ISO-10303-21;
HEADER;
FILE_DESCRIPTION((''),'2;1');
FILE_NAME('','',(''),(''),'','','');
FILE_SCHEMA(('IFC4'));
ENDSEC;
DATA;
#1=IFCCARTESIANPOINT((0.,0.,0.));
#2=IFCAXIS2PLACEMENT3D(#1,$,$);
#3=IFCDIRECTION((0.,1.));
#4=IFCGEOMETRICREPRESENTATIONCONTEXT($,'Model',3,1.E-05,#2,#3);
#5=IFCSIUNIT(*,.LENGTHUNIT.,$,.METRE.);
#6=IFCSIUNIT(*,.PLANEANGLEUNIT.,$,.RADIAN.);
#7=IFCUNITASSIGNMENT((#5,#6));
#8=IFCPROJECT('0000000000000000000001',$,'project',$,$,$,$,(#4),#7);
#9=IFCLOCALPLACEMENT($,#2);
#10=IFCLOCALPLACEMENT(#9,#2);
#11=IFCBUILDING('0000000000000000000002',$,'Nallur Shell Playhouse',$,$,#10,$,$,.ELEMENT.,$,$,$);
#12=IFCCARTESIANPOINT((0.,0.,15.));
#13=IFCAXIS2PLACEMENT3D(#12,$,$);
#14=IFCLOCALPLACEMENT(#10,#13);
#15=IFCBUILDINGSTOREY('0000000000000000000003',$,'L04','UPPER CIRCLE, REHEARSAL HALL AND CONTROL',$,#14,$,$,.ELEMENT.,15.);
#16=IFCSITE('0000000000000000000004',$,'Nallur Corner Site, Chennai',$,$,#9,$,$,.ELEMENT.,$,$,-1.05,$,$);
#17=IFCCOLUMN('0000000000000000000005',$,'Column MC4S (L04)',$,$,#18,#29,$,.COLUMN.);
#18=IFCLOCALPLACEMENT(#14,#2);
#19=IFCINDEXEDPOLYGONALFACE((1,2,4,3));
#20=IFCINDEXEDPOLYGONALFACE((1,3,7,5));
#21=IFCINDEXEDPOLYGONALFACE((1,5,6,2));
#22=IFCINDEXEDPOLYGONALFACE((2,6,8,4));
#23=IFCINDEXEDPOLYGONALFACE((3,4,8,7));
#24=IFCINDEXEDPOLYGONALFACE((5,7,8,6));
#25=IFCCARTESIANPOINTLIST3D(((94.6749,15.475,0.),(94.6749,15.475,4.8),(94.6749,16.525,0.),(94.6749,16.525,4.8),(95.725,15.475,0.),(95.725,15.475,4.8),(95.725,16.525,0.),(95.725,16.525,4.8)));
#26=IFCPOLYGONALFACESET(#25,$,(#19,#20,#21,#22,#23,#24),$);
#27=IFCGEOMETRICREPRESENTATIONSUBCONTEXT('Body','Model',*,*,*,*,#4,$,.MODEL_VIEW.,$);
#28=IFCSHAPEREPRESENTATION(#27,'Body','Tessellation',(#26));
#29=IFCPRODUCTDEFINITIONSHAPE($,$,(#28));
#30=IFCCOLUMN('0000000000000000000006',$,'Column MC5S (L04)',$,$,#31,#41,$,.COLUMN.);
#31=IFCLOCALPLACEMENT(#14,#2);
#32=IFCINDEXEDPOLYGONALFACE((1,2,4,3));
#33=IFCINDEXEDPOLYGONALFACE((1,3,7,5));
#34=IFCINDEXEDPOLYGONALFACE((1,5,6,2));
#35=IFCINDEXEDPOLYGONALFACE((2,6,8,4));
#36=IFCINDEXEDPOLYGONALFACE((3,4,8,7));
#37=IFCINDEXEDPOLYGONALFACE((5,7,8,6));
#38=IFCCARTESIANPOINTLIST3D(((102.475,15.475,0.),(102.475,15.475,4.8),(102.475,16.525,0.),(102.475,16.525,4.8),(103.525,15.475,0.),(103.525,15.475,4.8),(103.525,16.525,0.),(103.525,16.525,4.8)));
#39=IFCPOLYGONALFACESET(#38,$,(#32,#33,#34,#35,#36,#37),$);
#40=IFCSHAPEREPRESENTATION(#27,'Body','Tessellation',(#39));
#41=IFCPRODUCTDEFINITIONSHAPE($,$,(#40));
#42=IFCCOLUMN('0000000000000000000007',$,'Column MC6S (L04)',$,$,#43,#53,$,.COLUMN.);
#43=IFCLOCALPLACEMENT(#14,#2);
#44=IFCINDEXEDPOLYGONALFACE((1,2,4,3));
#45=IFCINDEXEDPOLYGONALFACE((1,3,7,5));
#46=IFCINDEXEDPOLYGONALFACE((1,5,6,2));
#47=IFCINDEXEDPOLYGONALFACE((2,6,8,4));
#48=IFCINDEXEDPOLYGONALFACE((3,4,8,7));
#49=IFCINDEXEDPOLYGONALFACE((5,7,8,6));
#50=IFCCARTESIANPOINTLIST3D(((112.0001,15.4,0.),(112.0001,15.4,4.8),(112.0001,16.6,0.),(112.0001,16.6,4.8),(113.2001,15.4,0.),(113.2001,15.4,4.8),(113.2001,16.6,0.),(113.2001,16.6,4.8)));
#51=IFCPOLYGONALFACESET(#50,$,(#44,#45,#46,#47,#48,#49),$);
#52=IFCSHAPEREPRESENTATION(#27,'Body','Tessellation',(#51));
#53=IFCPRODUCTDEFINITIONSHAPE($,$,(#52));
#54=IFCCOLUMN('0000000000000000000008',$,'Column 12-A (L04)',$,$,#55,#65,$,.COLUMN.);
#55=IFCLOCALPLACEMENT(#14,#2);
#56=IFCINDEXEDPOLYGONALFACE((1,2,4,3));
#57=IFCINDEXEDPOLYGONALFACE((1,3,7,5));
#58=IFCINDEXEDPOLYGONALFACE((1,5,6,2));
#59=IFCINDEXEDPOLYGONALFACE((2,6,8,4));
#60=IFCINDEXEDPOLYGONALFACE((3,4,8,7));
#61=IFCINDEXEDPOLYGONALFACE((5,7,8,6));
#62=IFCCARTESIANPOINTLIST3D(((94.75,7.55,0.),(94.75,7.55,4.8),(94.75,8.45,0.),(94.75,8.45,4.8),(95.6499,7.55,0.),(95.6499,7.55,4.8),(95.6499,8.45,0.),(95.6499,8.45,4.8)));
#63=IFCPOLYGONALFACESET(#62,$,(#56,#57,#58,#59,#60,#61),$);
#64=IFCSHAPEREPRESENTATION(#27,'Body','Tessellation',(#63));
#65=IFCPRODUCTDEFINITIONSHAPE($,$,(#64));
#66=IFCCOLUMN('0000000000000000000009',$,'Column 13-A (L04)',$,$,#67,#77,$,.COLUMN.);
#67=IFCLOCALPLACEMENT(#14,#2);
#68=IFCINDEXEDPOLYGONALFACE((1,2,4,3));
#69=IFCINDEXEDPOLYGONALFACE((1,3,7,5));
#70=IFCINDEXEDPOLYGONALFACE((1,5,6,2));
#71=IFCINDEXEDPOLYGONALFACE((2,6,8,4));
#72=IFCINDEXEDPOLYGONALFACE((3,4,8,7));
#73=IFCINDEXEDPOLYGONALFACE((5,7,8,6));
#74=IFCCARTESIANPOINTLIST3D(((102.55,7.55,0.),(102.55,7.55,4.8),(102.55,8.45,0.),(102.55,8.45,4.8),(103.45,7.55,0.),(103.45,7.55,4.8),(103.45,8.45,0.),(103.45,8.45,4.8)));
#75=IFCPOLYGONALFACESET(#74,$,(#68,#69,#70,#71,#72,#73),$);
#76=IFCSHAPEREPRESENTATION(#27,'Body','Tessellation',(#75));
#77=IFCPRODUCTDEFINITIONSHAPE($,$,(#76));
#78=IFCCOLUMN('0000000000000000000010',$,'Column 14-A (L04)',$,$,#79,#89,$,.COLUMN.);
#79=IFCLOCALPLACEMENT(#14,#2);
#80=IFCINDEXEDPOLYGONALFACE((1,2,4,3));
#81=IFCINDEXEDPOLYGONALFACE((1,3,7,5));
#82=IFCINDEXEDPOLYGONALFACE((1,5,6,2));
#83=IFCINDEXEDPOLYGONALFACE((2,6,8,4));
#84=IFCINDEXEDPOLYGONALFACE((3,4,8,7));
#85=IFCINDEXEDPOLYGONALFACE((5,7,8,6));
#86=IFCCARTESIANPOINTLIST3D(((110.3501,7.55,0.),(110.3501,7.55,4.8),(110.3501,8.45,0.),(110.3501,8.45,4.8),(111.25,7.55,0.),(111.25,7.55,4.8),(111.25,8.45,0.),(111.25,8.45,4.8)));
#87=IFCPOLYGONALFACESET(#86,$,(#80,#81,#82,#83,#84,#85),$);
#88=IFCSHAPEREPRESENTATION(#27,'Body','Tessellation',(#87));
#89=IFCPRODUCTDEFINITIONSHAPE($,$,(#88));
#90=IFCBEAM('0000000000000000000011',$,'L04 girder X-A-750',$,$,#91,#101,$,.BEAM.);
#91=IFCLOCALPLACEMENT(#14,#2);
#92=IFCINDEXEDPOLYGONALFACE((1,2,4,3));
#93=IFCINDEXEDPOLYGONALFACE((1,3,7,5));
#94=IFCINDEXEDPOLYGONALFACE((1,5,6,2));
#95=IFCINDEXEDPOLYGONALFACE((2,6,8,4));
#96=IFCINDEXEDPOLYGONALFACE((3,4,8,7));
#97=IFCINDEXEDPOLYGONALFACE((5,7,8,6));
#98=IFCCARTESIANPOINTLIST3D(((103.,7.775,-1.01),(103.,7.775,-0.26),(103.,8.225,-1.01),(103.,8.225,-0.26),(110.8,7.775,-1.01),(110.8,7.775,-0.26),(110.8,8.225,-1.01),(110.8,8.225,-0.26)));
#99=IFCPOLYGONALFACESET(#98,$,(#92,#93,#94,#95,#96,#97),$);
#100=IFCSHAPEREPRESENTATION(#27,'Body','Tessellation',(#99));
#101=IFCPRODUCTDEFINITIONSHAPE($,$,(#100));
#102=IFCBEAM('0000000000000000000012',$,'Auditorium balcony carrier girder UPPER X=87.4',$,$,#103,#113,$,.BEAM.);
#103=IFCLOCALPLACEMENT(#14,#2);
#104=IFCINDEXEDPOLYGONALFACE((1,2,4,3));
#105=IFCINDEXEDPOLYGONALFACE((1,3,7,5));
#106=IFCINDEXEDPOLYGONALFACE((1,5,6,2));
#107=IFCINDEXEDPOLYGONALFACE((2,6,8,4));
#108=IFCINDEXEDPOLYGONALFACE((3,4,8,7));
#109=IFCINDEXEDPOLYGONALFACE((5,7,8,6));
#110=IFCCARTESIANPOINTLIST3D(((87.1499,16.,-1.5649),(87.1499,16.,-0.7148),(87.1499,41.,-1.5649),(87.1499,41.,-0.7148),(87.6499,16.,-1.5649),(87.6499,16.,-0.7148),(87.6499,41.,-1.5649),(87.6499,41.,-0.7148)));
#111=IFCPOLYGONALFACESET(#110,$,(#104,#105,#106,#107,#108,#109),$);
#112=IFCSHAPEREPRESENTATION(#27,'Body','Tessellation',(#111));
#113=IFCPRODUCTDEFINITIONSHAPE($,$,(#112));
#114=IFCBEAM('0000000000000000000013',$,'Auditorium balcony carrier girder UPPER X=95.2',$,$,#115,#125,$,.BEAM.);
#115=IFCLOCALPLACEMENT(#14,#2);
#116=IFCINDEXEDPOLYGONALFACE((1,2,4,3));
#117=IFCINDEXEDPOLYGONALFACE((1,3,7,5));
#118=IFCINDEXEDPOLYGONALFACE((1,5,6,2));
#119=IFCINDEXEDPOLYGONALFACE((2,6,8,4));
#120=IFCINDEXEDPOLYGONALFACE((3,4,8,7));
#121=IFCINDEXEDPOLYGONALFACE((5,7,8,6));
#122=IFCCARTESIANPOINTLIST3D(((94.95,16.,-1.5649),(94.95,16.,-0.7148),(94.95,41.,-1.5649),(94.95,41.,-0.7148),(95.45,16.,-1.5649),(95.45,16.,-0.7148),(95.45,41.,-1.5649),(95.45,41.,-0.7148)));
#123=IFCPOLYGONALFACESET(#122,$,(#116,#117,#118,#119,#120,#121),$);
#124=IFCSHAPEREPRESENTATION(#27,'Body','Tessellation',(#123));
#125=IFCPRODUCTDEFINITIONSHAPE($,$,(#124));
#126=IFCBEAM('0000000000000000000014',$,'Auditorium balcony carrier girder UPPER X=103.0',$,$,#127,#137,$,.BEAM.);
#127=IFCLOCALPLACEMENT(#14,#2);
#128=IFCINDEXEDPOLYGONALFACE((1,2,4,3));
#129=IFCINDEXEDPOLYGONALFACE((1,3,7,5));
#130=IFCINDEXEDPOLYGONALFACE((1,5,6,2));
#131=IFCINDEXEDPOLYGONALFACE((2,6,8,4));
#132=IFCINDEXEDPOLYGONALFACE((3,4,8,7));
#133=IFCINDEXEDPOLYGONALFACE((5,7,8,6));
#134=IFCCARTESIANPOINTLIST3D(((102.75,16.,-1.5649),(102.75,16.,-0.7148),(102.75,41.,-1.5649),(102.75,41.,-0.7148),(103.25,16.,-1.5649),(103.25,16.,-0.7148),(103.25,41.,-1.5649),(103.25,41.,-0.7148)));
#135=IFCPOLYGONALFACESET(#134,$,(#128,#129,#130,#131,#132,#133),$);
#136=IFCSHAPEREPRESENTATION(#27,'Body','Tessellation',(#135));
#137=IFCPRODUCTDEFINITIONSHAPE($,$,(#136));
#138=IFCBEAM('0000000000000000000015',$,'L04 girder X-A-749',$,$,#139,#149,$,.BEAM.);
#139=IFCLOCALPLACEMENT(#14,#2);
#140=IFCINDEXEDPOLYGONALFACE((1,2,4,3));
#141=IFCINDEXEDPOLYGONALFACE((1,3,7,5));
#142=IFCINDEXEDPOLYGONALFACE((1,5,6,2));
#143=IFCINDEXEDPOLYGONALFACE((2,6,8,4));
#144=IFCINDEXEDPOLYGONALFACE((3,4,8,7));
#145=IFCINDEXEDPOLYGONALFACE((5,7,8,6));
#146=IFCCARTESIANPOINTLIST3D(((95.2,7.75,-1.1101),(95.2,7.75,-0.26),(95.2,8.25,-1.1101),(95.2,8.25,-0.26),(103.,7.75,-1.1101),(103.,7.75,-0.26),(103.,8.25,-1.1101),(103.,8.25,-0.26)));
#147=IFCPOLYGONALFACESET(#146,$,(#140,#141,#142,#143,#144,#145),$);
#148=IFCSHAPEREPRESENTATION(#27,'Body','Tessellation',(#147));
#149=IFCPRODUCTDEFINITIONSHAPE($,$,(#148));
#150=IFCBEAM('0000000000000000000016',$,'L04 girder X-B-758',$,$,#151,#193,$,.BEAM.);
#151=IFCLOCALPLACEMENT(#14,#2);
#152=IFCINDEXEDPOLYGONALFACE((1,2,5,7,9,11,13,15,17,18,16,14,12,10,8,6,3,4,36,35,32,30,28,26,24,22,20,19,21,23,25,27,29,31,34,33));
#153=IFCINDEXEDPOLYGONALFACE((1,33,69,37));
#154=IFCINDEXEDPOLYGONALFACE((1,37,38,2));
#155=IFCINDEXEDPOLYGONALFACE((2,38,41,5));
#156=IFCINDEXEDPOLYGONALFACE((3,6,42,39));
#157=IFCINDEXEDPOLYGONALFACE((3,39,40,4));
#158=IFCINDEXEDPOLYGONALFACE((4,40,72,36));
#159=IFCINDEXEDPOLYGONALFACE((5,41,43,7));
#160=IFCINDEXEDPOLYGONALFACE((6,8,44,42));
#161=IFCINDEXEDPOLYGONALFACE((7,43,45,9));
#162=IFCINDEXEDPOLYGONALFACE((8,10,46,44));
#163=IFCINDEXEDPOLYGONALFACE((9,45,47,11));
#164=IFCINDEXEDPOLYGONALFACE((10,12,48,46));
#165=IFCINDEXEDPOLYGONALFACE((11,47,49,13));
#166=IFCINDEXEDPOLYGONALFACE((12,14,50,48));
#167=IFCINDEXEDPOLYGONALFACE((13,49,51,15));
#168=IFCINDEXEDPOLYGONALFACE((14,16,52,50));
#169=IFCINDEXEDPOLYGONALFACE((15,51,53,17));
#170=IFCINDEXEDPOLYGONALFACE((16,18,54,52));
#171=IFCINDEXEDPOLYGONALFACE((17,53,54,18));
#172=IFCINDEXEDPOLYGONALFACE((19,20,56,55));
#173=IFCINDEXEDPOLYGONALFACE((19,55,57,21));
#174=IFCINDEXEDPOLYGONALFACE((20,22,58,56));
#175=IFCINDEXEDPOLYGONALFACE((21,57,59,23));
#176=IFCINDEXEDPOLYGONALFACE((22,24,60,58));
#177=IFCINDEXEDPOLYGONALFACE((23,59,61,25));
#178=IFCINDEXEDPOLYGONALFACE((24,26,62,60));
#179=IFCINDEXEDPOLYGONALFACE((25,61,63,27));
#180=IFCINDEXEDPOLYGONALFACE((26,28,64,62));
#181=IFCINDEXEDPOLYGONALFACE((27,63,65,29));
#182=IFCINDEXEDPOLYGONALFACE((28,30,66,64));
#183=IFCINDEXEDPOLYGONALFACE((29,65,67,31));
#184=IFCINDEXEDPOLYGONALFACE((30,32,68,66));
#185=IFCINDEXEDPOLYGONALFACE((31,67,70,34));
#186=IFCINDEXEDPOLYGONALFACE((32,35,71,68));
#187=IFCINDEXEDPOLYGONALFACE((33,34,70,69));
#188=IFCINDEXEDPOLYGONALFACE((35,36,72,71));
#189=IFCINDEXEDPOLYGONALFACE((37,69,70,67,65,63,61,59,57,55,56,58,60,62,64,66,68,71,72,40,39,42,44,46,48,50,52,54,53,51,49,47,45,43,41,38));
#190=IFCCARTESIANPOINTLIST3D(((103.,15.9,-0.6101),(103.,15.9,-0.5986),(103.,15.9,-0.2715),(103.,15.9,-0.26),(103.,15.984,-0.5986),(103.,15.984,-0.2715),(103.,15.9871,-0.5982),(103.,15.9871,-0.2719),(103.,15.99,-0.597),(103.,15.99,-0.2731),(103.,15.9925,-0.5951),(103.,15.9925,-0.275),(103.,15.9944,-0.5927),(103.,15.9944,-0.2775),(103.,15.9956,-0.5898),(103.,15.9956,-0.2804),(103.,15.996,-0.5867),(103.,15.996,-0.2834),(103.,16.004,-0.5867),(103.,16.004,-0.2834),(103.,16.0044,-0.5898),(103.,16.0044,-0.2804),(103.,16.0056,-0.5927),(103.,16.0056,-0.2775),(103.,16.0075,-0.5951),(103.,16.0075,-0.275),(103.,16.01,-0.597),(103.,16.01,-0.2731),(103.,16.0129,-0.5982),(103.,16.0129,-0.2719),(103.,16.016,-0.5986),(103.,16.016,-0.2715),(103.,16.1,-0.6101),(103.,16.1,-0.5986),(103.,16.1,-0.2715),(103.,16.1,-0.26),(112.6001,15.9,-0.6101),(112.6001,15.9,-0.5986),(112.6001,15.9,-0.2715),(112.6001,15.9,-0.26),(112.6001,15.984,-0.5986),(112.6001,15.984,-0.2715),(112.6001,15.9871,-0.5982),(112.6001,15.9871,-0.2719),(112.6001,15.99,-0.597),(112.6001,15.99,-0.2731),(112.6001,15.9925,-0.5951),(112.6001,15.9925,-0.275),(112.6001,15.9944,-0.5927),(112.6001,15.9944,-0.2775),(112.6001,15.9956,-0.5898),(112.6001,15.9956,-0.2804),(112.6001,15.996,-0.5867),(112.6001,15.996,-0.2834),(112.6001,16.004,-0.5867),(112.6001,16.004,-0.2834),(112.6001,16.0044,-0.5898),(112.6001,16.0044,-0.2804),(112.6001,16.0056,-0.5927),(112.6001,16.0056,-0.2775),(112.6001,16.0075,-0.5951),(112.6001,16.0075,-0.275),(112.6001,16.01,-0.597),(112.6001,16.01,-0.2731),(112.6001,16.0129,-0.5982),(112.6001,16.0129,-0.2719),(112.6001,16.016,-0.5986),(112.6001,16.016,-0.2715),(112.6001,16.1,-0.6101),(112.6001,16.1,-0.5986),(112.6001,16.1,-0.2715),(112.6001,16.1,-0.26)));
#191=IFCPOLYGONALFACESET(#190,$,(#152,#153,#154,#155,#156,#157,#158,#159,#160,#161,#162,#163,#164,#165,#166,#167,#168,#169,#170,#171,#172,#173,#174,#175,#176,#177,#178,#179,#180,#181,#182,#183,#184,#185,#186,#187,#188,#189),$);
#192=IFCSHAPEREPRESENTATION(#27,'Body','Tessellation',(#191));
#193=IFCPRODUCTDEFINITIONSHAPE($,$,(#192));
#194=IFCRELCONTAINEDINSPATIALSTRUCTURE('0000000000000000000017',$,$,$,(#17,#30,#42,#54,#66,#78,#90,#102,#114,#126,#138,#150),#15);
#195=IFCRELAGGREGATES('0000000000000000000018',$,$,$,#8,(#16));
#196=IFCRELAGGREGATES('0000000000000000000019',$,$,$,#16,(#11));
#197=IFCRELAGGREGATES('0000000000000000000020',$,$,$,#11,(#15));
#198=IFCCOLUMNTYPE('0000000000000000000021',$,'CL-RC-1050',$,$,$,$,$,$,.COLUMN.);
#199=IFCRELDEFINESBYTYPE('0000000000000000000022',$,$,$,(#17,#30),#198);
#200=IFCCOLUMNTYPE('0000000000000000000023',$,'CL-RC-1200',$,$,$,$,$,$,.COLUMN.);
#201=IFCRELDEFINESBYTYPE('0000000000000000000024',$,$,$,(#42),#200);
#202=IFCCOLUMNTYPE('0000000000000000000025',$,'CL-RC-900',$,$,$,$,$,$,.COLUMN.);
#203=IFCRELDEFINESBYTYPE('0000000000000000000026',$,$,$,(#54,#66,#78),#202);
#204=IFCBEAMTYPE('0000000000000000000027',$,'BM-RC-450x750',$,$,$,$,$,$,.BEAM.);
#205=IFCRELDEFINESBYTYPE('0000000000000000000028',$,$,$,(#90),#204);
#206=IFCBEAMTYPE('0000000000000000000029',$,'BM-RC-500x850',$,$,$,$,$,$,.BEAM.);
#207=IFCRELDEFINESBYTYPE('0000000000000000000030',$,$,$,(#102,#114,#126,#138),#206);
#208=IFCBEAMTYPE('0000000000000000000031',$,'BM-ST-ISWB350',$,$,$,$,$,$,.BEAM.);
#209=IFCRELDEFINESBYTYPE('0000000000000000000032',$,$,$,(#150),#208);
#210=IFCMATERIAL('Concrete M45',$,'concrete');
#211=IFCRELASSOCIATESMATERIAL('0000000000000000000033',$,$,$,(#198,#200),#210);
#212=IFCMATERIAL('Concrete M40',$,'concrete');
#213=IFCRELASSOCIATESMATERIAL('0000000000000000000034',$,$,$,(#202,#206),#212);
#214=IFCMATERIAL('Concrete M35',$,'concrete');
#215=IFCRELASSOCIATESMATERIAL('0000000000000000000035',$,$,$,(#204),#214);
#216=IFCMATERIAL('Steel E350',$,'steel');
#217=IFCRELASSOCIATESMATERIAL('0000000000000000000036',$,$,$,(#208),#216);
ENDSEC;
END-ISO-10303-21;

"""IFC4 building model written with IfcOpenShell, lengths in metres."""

from ifc_helpers import new_model, si_unit, direction, frame, origin, origin_2d, place, context, subcontext, project, spatial, rectangle, i_section, extrude, material, material_profile, profile_set, type_object, element, save


model = new_model("IFC4")

# Units and contexts
model_context = context("Model", 3, precision=1e-05, world=origin(), true_north=direction((0.0, 1.0)))
body_context = subcontext(model_context, "Body", "Model", "MODEL_VIEW")
ifc_project = project(units=[si_unit("LENGTHUNIT", "METRE"), si_unit("PLANEANGLEUNIT", "RADIAN")], contexts=[model_context])

# Site, building, storey
site_placement = place(None, origin())
site = spatial("IfcSite", under=ifc_project, at=site_placement, Name="Nallur Corner Site, Chennai", CompositionType="ELEMENT", RefElevation=-1.05)
building_placement = place(site_placement, origin())
building = spatial("IfcBuilding", under=site, at=building_placement, Name="Nallur Shell Playhouse", CompositionType="ELEMENT")
storey_placement = place(building_placement, frame((0.0, 0.0, 15.0)))
storey = spatial("IfcBuildingStorey", under=building, at=storey_placement, Name="L04", Description="UPPER CIRCLE, REHEARSAL HALL AND CONTROL", CompositionType="ELEMENT", Elevation=15.0)

# Columns
ifc_material_1 = material(Name="Concrete M45", Category="concrete")
ifc_material_profile_1 = material_profile(ifc_material_1, rectangle(XDim=1.05, YDim=1.05, at=origin_2d()), Name="RC 1050x1050")
ifc_profile_set_1 = profile_set([ifc_material_profile_1], Name="Concrete M45")
column_type_1 = type_object("IfcColumnType", Name="CL-RC-1050", PredefinedType="COLUMN", material=ifc_profile_set_1)
for number, where, z_axis, x_axis, name in (
    (1, (95.2, 16.0, 0.0), (0.0, 0.0, 1.0), (1.0, 0.0, 0.0), "Column MC4S (L04)"),
    (2, (103.0, 16.0, 0.0), (0.0, 0.0, 1.0), (1.0, 0.0, 0.0), "Column MC5S (L04)"),
):
    element("IfcColumn", number, at=place(storey_placement, frame(where, z_axis=z_axis, x_axis=x_axis)), inside=storey, type_object=column_type_1, Name=name, PredefinedType="COLUMN", context=body_context, shape_type="SweptSolid", body=[
        extrude(rectangle(XDim=1.05, YDim=1.05, at=origin_2d()), origin(), (0.0, 0.0, 1.0), 4.8),
    ])
ifc_material_profile_2 = material_profile(ifc_material_1, rectangle(XDim=1.2, YDim=1.2, at=origin_2d()), Name="RC 1200x1200")
ifc_profile_set_2 = profile_set([ifc_material_profile_2], Name="Concrete M45")
column_type_2 = type_object("IfcColumnType", Name="CL-RC-1200", PredefinedType="COLUMN", material=ifc_profile_set_2)
column_placement = place(storey_placement, frame((112.6001, 16.0, 0.0), z_axis=(0.0, 0.0, 1.0), x_axis=(1.0, 0.0, 0.0)))
element("IfcColumn", 3, at=column_placement, inside=storey, type_object=column_type_2, Name="Column MC6S (L04)", PredefinedType="COLUMN", context=body_context, shape_type="SweptSolid", body=[
    extrude(rectangle(XDim=1.2, YDim=1.2, at=origin_2d()), origin(), (0.0, 0.0, 1.0), 4.8),
])
ifc_material_2 = material(Name="Concrete M40", Category="concrete")
ifc_material_profile_3 = material_profile(ifc_material_2, rectangle(XDim=0.8999, YDim=0.8999, at=origin_2d()), Name="RC 900x900")
ifc_profile_set_3 = profile_set([ifc_material_profile_3], Name="Concrete M40")
column_type_3 = type_object("IfcColumnType", Name="CL-RC-900", PredefinedType="COLUMN", material=ifc_profile_set_3)
for number, where, z_axis, x_axis, name in (
    (4, (95.2, 8.0, 0.0), (0.0, 0.0, 1.0), (1.0, 0.0, 0.0), "Column 12-A (L04)"),
    (5, (103.0, 8.0, 0.0), (0.0, 0.0, 1.0), (1.0, 0.0, 0.0), "Column 13-A (L04)"),
    (6, (110.8, 8.0, 0.0), (0.0, 0.0, 1.0), (1.0, 0.0, 0.0), "Column 14-A (L04)"),
):
    element("IfcColumn", number, at=place(storey_placement, frame(where, z_axis=z_axis, x_axis=x_axis)), inside=storey, type_object=column_type_3, Name=name, PredefinedType="COLUMN", context=body_context, shape_type="SweptSolid", body=[
        extrude(rectangle(XDim=0.8999, YDim=0.8999, at=origin_2d()), origin(), (0.0, 0.0, 1.0), 4.8),
    ])

# Beams
ifc_material_3 = material(Name="Concrete M35", Category="concrete")
ifc_material_profile_4 = material_profile(ifc_material_3, rectangle(XDim=0.45, YDim=0.75, at=origin_2d()), Name="RC 450x750")
ifc_profile_set_4 = profile_set([ifc_material_profile_4], Name="Concrete M35")
beam_type_1 = type_object("IfcBeamType", Name="BM-RC-450x750", PredefinedType="BEAM", material=ifc_profile_set_4)
beam_1_placement = place(storey_placement, frame((103.0, 8.0, -0.635), z_axis=(1.0, 0.0, 0.0), x_axis=(0.0, 1.0, 0.0)))
element("IfcBeam", 7, at=beam_1_placement, inside=storey, type_object=beam_type_1, Name="L04 girder X-A-750", PredefinedType="BEAM", context=body_context, shape_type="SweptSolid", body=[
    extrude(rectangle(XDim=0.45, YDim=0.75, at=origin_2d()), origin(), (0.0, 0.0, 1.0), 7.8),
])
ifc_material_profile_5 = material_profile(ifc_material_2, rectangle(XDim=0.5, YDim=0.8501, at=origin_2d()), Name="RC 500x850")
ifc_profile_set_5 = profile_set([ifc_material_profile_5], Name="Concrete M40")
beam_type_2 = type_object("IfcBeamType", Name="BM-RC-500x850", PredefinedType="BEAM", material=ifc_profile_set_5)
for number, where, z_axis, x_axis, name in (
    (8, (87.3999, 16.0, -1.1399), (0.0, 1.0, 0.0), (-1.0, 0.0, 0.0), "Auditorium balcony carrier girder UPPER X=87.4"),
    (9, (95.2, 16.0, -1.1399), (0.0, 1.0, 0.0), (-1.0, 0.0, 0.0), "Auditorium balcony carrier girder UPPER X=95.2"),
    (10, (103.0, 16.0, -1.1399), (0.0, 1.0, 0.0), (-1.0, 0.0, 0.0), "Auditorium balcony carrier girder UPPER X=103.0"),
):
    element("IfcBeam", number, at=place(storey_placement, frame(where, z_axis=z_axis, x_axis=x_axis)), inside=storey, type_object=beam_type_2, Name=name, PredefinedType="BEAM", context=body_context, shape_type="SweptSolid", body=[
        extrude(rectangle(XDim=0.5, YDim=0.8501, at=origin_2d()), origin(), (0.0, 0.0, 1.0), 25.0),
    ])
beam_2_placement = place(storey_placement, frame((95.2, 8.0, -0.6851), z_axis=(1.0, 0.0, 0.0), x_axis=(0.0, 1.0, 0.0)))
element("IfcBeam", 11, at=beam_2_placement, inside=storey, type_object=beam_type_2, Name="L04 girder X-A-749", PredefinedType="BEAM", context=body_context, shape_type="SweptSolid", body=[
    extrude(rectangle(XDim=0.5, YDim=0.8501, at=origin_2d()), origin(), (0.0, 0.0, 1.0), 7.8),
])
ifc_material_4 = material(Name="Steel E350", Category="steel")
ifc_material_profile_6 = material_profile(ifc_material_4, i_section(OverallWidth=0.2, OverallDepth=0.3501, WebThickness=0.0081, FlangeThickness=0.0115, FilletRadius=0.012, at=origin_2d()), Name="ISWB 350")
ifc_profile_set_6 = profile_set([ifc_material_profile_6], Name="Steel E350")
beam_type_3 = type_object("IfcBeamType", Name="BM-ST-ISWB350", PredefinedType="BEAM", material=ifc_profile_set_6)
beam_3_placement = place(storey_placement, frame((103.0, 16.0, -0.4351), z_axis=(1.0, 0.0, 0.0), x_axis=(0.0, 1.0, 0.0)))
element("IfcBeam", 12, at=beam_3_placement, inside=storey, type_object=beam_type_3, Name="L04 girder X-B-758", PredefinedType="BEAM", context=body_context, shape_type="SweptSolid", body=[
    extrude(i_section(OverallWidth=0.2, OverallDepth=0.3501, WebThickness=0.0081, FlangeThickness=0.0115, FilletRadius=0.012, at=origin_2d()), origin(), (0.0, 0.0, 1.0), 9.6001),
])

save(model, "model.ifc")
